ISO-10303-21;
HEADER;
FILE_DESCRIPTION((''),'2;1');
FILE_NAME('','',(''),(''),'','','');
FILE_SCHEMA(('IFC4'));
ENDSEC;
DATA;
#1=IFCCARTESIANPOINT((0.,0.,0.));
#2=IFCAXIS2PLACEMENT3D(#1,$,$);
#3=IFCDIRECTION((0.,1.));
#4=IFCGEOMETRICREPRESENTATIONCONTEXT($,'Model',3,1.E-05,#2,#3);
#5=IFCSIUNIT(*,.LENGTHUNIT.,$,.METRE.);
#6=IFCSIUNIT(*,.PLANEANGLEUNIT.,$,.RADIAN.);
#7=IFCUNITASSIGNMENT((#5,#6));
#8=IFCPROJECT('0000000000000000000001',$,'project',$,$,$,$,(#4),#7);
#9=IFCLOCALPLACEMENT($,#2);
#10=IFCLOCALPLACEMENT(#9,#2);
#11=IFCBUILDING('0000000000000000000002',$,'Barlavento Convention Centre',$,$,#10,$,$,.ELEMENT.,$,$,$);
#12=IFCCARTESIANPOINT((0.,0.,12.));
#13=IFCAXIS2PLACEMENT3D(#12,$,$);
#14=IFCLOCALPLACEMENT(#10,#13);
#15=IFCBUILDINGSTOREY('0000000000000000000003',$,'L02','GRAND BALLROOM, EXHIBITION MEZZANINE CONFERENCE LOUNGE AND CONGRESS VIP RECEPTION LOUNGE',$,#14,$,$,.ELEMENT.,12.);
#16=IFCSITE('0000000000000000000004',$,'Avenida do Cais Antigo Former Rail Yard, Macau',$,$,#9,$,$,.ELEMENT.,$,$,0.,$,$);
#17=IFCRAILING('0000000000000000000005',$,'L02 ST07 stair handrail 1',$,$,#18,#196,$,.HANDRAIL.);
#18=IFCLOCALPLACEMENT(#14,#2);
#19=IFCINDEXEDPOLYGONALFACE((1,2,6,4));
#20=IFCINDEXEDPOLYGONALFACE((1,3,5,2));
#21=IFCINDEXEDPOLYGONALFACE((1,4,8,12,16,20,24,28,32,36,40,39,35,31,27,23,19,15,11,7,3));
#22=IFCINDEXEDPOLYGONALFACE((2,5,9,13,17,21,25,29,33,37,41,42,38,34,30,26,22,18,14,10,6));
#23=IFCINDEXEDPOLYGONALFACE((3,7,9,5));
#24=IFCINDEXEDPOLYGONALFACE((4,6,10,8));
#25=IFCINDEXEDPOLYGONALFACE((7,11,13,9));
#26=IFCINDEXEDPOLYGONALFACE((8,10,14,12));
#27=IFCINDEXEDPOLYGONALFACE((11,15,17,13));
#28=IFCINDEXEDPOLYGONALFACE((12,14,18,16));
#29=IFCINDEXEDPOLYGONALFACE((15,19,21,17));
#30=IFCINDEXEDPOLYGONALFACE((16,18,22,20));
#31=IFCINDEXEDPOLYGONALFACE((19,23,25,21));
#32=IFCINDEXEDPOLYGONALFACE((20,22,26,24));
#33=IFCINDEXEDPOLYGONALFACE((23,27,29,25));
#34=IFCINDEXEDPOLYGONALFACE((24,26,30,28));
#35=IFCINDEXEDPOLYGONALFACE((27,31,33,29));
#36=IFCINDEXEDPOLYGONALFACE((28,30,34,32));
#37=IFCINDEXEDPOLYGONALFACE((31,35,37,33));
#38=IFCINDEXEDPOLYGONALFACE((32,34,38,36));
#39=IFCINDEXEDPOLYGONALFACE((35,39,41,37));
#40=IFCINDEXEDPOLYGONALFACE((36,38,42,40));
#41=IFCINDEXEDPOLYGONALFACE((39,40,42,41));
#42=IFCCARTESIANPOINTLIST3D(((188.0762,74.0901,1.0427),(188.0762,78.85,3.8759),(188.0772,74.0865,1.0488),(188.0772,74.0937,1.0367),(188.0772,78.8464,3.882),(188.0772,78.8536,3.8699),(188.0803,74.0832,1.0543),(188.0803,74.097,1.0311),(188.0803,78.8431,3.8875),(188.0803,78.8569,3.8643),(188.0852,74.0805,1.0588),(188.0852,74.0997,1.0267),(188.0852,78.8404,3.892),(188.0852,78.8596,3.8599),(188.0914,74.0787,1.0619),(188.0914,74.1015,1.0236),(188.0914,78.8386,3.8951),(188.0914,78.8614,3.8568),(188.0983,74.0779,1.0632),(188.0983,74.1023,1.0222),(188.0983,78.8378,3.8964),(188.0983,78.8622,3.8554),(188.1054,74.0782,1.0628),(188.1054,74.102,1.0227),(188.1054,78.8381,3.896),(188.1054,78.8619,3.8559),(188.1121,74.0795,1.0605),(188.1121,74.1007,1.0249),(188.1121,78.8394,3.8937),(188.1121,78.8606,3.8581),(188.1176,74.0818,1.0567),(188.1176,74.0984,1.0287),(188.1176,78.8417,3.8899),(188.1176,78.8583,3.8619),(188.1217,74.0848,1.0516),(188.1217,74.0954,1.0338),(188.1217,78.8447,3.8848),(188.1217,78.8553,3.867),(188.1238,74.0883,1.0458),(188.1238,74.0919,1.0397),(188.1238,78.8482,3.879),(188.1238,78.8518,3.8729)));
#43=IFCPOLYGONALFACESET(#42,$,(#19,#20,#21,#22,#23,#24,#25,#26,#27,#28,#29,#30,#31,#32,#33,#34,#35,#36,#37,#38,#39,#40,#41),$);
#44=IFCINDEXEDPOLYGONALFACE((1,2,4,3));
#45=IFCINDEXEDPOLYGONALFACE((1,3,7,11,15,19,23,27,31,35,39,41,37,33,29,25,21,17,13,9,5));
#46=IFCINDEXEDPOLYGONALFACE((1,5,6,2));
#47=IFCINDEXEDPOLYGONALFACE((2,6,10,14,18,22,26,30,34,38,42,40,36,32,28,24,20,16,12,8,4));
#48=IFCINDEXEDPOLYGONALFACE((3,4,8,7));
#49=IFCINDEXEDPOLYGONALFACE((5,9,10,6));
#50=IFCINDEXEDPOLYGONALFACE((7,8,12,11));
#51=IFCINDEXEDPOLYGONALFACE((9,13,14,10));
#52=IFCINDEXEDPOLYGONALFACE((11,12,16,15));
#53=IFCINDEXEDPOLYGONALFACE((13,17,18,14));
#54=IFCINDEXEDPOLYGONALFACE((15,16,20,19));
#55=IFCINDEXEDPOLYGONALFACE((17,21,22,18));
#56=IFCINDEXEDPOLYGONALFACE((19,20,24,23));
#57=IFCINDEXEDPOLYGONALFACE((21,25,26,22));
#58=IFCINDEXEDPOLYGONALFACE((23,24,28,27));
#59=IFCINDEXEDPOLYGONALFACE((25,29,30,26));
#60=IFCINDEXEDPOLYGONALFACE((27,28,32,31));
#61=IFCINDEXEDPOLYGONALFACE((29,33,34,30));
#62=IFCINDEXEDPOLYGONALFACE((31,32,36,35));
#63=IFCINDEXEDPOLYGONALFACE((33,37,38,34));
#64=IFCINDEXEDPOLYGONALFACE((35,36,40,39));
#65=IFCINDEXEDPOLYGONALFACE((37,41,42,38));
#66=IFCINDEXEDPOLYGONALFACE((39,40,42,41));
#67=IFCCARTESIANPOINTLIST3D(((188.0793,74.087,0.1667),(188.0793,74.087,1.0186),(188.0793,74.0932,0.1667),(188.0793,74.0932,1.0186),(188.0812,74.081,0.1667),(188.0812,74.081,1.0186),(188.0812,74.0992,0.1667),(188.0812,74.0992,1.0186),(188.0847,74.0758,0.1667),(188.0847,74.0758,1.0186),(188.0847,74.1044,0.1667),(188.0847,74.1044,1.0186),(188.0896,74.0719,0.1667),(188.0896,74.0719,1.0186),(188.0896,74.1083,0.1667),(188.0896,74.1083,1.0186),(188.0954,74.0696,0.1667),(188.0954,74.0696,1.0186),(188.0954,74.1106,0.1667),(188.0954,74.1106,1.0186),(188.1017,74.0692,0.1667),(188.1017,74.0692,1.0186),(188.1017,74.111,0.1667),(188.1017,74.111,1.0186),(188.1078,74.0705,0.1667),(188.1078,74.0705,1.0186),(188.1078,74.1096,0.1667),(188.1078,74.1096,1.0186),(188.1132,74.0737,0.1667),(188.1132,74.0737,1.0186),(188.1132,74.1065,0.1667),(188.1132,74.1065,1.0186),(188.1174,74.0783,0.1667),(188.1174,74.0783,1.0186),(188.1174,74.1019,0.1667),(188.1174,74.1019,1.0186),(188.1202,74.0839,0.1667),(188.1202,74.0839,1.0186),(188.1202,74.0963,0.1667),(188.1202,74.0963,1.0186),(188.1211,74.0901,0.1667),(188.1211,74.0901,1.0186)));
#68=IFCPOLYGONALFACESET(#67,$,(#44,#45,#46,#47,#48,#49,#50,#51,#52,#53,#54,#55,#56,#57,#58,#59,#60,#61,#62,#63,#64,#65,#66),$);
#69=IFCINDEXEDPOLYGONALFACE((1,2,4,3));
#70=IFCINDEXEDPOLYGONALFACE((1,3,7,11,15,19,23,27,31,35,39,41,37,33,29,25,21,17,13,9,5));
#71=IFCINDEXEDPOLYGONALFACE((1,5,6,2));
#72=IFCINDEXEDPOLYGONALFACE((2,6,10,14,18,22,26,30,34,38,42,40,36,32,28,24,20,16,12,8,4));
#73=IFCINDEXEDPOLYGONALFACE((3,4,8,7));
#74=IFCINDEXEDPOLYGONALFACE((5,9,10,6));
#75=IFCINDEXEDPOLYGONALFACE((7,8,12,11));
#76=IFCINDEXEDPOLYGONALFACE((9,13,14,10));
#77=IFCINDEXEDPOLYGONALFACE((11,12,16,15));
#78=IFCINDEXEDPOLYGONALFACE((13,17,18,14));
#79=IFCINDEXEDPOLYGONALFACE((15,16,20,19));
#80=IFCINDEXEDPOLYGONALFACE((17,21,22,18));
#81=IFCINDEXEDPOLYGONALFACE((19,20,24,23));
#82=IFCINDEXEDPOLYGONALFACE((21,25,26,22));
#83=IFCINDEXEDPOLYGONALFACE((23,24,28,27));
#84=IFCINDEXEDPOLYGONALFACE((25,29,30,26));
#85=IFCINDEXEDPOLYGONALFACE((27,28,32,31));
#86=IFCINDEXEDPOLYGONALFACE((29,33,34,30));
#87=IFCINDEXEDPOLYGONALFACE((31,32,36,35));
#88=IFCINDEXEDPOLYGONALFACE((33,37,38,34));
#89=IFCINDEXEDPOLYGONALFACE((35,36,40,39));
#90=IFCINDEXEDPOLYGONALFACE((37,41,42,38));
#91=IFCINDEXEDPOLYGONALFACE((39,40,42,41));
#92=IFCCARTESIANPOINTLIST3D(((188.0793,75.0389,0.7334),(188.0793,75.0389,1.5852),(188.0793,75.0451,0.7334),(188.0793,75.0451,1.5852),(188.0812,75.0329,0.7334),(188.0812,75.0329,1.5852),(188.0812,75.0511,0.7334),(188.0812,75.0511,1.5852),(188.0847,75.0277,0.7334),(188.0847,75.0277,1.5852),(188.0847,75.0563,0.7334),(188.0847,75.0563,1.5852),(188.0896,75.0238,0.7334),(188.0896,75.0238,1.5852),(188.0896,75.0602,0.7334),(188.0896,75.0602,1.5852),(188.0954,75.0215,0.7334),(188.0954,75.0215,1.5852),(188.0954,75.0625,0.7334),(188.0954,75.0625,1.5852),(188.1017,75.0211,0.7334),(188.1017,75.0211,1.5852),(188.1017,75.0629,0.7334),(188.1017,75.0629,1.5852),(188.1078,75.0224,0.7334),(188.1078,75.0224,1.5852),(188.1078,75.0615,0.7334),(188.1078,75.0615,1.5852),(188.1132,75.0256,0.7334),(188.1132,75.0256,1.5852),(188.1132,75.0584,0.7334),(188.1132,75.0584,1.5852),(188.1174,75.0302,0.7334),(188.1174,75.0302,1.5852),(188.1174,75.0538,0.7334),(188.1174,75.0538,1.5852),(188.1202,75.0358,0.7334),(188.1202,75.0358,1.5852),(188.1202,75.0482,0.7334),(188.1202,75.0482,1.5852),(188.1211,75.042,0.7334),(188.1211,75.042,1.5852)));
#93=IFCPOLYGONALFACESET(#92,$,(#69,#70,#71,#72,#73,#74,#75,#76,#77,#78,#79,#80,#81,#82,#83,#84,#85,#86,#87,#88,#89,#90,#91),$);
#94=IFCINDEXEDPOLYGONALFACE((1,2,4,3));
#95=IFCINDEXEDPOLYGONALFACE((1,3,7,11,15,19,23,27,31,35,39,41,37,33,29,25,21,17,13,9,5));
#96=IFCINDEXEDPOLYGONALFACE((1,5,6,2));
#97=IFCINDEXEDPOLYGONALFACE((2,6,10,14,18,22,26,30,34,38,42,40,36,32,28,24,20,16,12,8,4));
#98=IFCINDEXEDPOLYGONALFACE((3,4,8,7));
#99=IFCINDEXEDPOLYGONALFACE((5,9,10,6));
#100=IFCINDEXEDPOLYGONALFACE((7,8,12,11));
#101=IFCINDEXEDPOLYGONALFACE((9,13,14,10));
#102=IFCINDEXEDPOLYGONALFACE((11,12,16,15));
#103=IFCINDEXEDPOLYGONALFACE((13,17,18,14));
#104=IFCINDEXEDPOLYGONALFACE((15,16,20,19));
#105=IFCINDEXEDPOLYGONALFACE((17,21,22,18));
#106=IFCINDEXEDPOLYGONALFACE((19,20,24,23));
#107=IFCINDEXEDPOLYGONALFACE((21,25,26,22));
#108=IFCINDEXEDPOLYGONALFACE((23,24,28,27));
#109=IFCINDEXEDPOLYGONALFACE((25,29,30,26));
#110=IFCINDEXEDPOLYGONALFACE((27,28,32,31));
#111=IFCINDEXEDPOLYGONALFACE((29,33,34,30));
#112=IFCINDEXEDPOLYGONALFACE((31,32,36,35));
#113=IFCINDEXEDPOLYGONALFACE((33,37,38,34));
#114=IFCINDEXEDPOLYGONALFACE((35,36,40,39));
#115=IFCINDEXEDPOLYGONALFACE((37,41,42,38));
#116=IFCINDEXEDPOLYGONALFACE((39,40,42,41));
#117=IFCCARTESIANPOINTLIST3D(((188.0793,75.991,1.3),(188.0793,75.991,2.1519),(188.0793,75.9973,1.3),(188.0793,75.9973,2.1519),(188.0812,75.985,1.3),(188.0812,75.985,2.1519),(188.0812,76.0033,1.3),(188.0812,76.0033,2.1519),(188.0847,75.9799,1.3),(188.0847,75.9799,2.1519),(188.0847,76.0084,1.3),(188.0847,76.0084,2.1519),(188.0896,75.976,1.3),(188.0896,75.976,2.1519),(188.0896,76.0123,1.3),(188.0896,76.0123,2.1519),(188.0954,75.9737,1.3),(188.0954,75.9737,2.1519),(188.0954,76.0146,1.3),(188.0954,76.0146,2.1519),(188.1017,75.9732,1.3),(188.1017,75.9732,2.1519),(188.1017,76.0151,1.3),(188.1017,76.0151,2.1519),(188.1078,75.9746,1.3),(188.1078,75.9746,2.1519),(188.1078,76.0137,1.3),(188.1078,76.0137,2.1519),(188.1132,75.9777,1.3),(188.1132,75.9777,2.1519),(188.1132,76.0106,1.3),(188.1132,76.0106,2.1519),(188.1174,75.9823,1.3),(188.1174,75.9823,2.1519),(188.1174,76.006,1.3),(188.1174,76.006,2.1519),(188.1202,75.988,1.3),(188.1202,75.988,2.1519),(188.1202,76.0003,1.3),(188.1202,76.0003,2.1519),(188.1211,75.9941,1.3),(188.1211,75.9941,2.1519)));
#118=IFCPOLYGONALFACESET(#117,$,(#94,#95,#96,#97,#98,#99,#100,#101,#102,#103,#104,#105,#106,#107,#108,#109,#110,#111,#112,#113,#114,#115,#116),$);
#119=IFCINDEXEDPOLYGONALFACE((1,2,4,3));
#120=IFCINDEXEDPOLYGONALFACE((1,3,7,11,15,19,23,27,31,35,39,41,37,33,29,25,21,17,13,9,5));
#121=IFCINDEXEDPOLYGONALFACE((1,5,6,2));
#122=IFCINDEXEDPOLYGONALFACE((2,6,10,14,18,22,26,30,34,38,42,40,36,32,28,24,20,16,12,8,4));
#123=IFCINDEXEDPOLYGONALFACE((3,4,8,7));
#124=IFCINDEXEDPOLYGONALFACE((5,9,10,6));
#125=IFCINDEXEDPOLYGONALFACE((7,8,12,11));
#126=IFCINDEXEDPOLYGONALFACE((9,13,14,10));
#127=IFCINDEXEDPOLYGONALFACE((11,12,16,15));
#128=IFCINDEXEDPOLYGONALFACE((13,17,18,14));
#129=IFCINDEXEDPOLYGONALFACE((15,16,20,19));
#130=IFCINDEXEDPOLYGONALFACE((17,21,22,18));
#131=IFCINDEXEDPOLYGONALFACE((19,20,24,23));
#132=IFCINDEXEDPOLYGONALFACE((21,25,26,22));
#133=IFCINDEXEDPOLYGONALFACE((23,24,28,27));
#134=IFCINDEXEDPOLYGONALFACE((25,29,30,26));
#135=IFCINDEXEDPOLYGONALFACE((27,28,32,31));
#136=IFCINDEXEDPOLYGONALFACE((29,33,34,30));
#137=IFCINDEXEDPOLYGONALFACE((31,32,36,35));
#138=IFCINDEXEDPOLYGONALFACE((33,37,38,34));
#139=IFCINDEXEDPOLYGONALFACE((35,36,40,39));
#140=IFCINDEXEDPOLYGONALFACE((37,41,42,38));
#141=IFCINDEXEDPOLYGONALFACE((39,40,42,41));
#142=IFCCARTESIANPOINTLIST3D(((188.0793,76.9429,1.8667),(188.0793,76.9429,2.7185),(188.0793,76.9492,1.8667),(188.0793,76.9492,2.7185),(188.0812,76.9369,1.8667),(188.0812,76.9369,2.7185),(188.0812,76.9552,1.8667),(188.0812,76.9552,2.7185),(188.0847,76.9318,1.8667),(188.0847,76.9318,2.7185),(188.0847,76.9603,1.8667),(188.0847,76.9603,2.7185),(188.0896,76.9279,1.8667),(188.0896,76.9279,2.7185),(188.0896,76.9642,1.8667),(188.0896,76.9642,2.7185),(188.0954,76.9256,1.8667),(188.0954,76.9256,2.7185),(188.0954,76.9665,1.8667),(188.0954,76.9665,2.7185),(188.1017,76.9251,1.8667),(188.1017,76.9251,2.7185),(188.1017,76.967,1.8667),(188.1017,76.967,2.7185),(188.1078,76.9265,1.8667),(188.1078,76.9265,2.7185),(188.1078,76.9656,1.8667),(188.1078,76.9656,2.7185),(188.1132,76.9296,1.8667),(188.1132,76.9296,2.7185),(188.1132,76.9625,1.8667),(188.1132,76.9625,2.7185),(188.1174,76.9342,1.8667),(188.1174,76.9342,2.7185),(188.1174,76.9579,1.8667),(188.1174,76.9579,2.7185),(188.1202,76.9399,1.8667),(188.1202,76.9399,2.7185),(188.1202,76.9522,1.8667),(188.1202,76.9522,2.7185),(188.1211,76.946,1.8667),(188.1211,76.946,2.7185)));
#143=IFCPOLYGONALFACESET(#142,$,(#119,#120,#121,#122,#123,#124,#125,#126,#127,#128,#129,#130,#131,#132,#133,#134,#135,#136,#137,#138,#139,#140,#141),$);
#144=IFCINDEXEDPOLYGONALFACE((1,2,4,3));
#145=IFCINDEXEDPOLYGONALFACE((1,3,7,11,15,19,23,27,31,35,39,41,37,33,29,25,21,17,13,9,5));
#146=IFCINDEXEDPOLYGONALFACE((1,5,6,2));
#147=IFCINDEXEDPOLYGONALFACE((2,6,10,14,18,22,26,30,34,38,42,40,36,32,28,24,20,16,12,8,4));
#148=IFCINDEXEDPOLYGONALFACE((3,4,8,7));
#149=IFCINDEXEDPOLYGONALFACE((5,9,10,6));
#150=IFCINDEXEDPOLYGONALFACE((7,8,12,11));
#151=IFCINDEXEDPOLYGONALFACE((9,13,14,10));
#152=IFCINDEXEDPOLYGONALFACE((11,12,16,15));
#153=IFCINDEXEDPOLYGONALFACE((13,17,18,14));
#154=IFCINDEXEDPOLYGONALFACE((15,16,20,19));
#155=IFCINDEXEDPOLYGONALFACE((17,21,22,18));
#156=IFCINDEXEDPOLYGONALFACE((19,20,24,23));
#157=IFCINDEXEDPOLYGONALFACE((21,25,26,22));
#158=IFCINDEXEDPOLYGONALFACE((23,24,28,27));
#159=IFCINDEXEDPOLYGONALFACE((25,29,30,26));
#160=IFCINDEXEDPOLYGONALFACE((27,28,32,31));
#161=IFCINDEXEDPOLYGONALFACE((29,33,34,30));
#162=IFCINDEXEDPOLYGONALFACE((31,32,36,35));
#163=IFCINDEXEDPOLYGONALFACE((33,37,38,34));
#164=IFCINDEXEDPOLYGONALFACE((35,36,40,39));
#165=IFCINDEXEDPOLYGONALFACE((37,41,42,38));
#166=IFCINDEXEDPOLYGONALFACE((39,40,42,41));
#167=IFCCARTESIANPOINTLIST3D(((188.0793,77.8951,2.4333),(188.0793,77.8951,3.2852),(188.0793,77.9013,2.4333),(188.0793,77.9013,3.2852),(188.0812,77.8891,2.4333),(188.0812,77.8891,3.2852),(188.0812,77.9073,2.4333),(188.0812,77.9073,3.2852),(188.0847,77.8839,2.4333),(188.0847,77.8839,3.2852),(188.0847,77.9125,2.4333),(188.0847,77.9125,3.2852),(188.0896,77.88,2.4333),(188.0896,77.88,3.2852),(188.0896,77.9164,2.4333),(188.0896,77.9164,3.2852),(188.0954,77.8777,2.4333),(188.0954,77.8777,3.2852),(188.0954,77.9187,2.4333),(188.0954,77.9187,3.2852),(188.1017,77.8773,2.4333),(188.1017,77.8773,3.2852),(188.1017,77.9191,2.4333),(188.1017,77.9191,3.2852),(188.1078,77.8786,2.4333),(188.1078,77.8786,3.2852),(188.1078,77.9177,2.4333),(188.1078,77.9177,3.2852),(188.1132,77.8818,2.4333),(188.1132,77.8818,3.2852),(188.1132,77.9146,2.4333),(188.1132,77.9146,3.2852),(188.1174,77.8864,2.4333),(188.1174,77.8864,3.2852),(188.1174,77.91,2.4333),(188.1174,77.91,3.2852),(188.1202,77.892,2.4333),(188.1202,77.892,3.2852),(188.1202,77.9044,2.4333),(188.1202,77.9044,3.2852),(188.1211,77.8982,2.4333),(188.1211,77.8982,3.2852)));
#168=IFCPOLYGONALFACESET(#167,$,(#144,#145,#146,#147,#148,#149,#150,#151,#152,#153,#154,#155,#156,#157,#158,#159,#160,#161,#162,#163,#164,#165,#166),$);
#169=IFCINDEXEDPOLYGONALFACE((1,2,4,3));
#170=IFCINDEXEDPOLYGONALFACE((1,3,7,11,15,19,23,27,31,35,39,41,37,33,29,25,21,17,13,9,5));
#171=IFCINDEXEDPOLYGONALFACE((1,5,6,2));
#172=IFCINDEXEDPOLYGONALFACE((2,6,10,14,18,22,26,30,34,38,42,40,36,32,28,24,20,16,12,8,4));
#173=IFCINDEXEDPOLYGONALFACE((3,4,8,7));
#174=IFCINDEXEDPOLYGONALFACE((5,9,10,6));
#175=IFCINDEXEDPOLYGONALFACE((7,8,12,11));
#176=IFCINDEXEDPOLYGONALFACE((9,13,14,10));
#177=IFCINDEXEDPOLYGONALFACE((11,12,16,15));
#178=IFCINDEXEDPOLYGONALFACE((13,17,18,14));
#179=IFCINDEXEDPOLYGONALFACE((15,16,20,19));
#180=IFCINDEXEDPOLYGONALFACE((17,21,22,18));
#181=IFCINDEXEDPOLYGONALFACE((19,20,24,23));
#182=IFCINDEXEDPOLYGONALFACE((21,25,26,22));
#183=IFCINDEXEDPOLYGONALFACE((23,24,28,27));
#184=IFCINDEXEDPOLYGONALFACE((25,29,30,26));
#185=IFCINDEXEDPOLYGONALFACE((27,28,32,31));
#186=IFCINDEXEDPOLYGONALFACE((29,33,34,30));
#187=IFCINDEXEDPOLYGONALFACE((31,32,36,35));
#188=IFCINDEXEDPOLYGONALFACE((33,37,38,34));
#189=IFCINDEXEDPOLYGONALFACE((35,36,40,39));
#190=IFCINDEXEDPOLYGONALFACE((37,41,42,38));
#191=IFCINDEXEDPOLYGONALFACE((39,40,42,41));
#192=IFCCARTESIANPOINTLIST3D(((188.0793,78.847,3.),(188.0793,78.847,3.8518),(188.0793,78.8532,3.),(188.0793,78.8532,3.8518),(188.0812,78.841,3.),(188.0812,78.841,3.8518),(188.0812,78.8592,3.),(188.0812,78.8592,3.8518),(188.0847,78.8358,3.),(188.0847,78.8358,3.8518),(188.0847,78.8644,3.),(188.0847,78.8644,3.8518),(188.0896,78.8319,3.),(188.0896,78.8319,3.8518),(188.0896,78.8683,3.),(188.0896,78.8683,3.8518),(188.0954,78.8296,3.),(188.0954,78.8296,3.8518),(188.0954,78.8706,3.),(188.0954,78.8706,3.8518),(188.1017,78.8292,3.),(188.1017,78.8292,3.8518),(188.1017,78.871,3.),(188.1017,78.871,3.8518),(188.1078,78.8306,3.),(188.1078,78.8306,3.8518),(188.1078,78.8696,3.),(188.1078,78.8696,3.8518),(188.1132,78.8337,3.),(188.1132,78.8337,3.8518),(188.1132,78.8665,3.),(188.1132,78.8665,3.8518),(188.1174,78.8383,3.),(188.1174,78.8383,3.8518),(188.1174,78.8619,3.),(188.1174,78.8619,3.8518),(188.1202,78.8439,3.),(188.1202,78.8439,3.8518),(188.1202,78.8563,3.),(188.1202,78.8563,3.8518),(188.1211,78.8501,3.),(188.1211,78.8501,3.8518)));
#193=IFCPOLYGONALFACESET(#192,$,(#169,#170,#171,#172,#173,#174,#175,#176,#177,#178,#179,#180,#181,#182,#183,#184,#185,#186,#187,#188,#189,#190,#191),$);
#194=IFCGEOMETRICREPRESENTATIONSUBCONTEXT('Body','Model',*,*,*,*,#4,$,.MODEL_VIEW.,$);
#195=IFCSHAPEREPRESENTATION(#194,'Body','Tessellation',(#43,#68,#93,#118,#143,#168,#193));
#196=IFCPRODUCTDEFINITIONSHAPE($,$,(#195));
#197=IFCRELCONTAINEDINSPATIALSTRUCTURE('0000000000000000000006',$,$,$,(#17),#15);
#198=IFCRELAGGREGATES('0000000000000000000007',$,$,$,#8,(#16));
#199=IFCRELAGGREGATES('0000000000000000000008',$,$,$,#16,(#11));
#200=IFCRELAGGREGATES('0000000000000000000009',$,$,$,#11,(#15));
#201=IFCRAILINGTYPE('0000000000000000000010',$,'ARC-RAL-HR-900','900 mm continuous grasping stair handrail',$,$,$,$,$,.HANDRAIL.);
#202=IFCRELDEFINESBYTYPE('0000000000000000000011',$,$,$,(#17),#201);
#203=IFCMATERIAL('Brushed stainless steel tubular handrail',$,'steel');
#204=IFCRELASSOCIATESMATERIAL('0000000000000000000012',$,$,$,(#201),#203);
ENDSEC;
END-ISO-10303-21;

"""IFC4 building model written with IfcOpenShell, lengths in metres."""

from ifc_helpers import new_model, si_unit, direction, frame, origin, origin_2d, place, context, subcontext, project, spatial, circle, extrude, material, type_object, element, save


model = new_model("IFC4")

# Units and contexts
model_context = context("Model", 3, precision=1e-05, world=origin(), true_north=direction((0.0, 1.0)))
body_context = subcontext(model_context, "Body", "Model", "MODEL_VIEW")
ifc_project = project(units=[si_unit("LENGTHUNIT", "METRE"), si_unit("PLANEANGLEUNIT", "RADIAN")], contexts=[model_context])

# Site, building, storey
site_placement = place(None, origin())
site = spatial("IfcSite", under=ifc_project, at=site_placement, Name="Avenida do Cais Antigo Former Rail Yard, Macau", CompositionType="ELEMENT", RefElevation=0.0)
building_placement = place(site_placement, origin())
building = spatial("IfcBuilding", under=site, at=building_placement, Name="Barlavento Convention Centre", CompositionType="ELEMENT")
storey_placement = place(building_placement, frame((0.0, 0.0, 12.0)))
storey = spatial("IfcBuildingStorey", under=building, at=storey_placement, Name="L02", Description="GRAND BALLROOM, EXHIBITION MEZZANINE CONFERENCE LOUNGE AND CONGRESS VIP RECEPTION LOUNGE", CompositionType="ELEMENT", Elevation=12.0)

# Railing
ifc_material_1 = material(Name="Brushed stainless steel tubular handrail", Category="steel")
railing_type_1 = type_object("IfcRailingType", Name="ARC-RAL-HR-900", Description="900 mm continuous grasping stair handrail", PredefinedType="HANDRAIL", material=ifc_material_1)
railing_1_placement = place(storey_placement, frame((188.1001, 74.0901, 0.1667)))
element("IfcRailing", 1, at=railing_1_placement, inside=storey, type_object=railing_type_1, Name="L02 ST07 stair handrail 1", PredefinedType="HANDRAIL", context=body_context, shape_type="SweptSolid", body=[
    extrude(circle(Radius=0.0239, at=origin_2d()), frame((0.0, 0.0, 0.876), z_axis=(0.0, 0.8593, 0.511472), x_axis=(-1.0, 0.0, 0.0)), (0.0, 0.0, 1.0), 5.5393),
    extrude(circle(Radius=0.021, at=origin_2d()), origin(), (0.0, 0.0, 1.0), 0.8518),
    extrude(circle(Radius=0.021, at=origin_2d()), frame((0.0, 0.9519, 0.5667)), (0.0, 0.0, 1.0), 0.8518),
    extrude(circle(Radius=0.021, at=origin_2d()), frame((0.0, 1.9041, 1.1333)), (0.0, 0.0, 1.0), 0.8518),
    extrude(circle(Radius=0.021, at=origin_2d()), frame((0.0, 2.856, 1.7)), (0.0, 0.0, 1.0), 0.8518),
    extrude(circle(Radius=0.021, at=origin_2d()), frame((0.0, 3.8081, 2.2666)), (0.0, 0.0, 1.0), 0.8518),
    extrude(circle(Radius=0.021, at=origin_2d()), frame((0.0, 4.76, 2.8333)), (0.0, 0.0, 1.0), 0.8518),
])

save(model, "model.ifc")
